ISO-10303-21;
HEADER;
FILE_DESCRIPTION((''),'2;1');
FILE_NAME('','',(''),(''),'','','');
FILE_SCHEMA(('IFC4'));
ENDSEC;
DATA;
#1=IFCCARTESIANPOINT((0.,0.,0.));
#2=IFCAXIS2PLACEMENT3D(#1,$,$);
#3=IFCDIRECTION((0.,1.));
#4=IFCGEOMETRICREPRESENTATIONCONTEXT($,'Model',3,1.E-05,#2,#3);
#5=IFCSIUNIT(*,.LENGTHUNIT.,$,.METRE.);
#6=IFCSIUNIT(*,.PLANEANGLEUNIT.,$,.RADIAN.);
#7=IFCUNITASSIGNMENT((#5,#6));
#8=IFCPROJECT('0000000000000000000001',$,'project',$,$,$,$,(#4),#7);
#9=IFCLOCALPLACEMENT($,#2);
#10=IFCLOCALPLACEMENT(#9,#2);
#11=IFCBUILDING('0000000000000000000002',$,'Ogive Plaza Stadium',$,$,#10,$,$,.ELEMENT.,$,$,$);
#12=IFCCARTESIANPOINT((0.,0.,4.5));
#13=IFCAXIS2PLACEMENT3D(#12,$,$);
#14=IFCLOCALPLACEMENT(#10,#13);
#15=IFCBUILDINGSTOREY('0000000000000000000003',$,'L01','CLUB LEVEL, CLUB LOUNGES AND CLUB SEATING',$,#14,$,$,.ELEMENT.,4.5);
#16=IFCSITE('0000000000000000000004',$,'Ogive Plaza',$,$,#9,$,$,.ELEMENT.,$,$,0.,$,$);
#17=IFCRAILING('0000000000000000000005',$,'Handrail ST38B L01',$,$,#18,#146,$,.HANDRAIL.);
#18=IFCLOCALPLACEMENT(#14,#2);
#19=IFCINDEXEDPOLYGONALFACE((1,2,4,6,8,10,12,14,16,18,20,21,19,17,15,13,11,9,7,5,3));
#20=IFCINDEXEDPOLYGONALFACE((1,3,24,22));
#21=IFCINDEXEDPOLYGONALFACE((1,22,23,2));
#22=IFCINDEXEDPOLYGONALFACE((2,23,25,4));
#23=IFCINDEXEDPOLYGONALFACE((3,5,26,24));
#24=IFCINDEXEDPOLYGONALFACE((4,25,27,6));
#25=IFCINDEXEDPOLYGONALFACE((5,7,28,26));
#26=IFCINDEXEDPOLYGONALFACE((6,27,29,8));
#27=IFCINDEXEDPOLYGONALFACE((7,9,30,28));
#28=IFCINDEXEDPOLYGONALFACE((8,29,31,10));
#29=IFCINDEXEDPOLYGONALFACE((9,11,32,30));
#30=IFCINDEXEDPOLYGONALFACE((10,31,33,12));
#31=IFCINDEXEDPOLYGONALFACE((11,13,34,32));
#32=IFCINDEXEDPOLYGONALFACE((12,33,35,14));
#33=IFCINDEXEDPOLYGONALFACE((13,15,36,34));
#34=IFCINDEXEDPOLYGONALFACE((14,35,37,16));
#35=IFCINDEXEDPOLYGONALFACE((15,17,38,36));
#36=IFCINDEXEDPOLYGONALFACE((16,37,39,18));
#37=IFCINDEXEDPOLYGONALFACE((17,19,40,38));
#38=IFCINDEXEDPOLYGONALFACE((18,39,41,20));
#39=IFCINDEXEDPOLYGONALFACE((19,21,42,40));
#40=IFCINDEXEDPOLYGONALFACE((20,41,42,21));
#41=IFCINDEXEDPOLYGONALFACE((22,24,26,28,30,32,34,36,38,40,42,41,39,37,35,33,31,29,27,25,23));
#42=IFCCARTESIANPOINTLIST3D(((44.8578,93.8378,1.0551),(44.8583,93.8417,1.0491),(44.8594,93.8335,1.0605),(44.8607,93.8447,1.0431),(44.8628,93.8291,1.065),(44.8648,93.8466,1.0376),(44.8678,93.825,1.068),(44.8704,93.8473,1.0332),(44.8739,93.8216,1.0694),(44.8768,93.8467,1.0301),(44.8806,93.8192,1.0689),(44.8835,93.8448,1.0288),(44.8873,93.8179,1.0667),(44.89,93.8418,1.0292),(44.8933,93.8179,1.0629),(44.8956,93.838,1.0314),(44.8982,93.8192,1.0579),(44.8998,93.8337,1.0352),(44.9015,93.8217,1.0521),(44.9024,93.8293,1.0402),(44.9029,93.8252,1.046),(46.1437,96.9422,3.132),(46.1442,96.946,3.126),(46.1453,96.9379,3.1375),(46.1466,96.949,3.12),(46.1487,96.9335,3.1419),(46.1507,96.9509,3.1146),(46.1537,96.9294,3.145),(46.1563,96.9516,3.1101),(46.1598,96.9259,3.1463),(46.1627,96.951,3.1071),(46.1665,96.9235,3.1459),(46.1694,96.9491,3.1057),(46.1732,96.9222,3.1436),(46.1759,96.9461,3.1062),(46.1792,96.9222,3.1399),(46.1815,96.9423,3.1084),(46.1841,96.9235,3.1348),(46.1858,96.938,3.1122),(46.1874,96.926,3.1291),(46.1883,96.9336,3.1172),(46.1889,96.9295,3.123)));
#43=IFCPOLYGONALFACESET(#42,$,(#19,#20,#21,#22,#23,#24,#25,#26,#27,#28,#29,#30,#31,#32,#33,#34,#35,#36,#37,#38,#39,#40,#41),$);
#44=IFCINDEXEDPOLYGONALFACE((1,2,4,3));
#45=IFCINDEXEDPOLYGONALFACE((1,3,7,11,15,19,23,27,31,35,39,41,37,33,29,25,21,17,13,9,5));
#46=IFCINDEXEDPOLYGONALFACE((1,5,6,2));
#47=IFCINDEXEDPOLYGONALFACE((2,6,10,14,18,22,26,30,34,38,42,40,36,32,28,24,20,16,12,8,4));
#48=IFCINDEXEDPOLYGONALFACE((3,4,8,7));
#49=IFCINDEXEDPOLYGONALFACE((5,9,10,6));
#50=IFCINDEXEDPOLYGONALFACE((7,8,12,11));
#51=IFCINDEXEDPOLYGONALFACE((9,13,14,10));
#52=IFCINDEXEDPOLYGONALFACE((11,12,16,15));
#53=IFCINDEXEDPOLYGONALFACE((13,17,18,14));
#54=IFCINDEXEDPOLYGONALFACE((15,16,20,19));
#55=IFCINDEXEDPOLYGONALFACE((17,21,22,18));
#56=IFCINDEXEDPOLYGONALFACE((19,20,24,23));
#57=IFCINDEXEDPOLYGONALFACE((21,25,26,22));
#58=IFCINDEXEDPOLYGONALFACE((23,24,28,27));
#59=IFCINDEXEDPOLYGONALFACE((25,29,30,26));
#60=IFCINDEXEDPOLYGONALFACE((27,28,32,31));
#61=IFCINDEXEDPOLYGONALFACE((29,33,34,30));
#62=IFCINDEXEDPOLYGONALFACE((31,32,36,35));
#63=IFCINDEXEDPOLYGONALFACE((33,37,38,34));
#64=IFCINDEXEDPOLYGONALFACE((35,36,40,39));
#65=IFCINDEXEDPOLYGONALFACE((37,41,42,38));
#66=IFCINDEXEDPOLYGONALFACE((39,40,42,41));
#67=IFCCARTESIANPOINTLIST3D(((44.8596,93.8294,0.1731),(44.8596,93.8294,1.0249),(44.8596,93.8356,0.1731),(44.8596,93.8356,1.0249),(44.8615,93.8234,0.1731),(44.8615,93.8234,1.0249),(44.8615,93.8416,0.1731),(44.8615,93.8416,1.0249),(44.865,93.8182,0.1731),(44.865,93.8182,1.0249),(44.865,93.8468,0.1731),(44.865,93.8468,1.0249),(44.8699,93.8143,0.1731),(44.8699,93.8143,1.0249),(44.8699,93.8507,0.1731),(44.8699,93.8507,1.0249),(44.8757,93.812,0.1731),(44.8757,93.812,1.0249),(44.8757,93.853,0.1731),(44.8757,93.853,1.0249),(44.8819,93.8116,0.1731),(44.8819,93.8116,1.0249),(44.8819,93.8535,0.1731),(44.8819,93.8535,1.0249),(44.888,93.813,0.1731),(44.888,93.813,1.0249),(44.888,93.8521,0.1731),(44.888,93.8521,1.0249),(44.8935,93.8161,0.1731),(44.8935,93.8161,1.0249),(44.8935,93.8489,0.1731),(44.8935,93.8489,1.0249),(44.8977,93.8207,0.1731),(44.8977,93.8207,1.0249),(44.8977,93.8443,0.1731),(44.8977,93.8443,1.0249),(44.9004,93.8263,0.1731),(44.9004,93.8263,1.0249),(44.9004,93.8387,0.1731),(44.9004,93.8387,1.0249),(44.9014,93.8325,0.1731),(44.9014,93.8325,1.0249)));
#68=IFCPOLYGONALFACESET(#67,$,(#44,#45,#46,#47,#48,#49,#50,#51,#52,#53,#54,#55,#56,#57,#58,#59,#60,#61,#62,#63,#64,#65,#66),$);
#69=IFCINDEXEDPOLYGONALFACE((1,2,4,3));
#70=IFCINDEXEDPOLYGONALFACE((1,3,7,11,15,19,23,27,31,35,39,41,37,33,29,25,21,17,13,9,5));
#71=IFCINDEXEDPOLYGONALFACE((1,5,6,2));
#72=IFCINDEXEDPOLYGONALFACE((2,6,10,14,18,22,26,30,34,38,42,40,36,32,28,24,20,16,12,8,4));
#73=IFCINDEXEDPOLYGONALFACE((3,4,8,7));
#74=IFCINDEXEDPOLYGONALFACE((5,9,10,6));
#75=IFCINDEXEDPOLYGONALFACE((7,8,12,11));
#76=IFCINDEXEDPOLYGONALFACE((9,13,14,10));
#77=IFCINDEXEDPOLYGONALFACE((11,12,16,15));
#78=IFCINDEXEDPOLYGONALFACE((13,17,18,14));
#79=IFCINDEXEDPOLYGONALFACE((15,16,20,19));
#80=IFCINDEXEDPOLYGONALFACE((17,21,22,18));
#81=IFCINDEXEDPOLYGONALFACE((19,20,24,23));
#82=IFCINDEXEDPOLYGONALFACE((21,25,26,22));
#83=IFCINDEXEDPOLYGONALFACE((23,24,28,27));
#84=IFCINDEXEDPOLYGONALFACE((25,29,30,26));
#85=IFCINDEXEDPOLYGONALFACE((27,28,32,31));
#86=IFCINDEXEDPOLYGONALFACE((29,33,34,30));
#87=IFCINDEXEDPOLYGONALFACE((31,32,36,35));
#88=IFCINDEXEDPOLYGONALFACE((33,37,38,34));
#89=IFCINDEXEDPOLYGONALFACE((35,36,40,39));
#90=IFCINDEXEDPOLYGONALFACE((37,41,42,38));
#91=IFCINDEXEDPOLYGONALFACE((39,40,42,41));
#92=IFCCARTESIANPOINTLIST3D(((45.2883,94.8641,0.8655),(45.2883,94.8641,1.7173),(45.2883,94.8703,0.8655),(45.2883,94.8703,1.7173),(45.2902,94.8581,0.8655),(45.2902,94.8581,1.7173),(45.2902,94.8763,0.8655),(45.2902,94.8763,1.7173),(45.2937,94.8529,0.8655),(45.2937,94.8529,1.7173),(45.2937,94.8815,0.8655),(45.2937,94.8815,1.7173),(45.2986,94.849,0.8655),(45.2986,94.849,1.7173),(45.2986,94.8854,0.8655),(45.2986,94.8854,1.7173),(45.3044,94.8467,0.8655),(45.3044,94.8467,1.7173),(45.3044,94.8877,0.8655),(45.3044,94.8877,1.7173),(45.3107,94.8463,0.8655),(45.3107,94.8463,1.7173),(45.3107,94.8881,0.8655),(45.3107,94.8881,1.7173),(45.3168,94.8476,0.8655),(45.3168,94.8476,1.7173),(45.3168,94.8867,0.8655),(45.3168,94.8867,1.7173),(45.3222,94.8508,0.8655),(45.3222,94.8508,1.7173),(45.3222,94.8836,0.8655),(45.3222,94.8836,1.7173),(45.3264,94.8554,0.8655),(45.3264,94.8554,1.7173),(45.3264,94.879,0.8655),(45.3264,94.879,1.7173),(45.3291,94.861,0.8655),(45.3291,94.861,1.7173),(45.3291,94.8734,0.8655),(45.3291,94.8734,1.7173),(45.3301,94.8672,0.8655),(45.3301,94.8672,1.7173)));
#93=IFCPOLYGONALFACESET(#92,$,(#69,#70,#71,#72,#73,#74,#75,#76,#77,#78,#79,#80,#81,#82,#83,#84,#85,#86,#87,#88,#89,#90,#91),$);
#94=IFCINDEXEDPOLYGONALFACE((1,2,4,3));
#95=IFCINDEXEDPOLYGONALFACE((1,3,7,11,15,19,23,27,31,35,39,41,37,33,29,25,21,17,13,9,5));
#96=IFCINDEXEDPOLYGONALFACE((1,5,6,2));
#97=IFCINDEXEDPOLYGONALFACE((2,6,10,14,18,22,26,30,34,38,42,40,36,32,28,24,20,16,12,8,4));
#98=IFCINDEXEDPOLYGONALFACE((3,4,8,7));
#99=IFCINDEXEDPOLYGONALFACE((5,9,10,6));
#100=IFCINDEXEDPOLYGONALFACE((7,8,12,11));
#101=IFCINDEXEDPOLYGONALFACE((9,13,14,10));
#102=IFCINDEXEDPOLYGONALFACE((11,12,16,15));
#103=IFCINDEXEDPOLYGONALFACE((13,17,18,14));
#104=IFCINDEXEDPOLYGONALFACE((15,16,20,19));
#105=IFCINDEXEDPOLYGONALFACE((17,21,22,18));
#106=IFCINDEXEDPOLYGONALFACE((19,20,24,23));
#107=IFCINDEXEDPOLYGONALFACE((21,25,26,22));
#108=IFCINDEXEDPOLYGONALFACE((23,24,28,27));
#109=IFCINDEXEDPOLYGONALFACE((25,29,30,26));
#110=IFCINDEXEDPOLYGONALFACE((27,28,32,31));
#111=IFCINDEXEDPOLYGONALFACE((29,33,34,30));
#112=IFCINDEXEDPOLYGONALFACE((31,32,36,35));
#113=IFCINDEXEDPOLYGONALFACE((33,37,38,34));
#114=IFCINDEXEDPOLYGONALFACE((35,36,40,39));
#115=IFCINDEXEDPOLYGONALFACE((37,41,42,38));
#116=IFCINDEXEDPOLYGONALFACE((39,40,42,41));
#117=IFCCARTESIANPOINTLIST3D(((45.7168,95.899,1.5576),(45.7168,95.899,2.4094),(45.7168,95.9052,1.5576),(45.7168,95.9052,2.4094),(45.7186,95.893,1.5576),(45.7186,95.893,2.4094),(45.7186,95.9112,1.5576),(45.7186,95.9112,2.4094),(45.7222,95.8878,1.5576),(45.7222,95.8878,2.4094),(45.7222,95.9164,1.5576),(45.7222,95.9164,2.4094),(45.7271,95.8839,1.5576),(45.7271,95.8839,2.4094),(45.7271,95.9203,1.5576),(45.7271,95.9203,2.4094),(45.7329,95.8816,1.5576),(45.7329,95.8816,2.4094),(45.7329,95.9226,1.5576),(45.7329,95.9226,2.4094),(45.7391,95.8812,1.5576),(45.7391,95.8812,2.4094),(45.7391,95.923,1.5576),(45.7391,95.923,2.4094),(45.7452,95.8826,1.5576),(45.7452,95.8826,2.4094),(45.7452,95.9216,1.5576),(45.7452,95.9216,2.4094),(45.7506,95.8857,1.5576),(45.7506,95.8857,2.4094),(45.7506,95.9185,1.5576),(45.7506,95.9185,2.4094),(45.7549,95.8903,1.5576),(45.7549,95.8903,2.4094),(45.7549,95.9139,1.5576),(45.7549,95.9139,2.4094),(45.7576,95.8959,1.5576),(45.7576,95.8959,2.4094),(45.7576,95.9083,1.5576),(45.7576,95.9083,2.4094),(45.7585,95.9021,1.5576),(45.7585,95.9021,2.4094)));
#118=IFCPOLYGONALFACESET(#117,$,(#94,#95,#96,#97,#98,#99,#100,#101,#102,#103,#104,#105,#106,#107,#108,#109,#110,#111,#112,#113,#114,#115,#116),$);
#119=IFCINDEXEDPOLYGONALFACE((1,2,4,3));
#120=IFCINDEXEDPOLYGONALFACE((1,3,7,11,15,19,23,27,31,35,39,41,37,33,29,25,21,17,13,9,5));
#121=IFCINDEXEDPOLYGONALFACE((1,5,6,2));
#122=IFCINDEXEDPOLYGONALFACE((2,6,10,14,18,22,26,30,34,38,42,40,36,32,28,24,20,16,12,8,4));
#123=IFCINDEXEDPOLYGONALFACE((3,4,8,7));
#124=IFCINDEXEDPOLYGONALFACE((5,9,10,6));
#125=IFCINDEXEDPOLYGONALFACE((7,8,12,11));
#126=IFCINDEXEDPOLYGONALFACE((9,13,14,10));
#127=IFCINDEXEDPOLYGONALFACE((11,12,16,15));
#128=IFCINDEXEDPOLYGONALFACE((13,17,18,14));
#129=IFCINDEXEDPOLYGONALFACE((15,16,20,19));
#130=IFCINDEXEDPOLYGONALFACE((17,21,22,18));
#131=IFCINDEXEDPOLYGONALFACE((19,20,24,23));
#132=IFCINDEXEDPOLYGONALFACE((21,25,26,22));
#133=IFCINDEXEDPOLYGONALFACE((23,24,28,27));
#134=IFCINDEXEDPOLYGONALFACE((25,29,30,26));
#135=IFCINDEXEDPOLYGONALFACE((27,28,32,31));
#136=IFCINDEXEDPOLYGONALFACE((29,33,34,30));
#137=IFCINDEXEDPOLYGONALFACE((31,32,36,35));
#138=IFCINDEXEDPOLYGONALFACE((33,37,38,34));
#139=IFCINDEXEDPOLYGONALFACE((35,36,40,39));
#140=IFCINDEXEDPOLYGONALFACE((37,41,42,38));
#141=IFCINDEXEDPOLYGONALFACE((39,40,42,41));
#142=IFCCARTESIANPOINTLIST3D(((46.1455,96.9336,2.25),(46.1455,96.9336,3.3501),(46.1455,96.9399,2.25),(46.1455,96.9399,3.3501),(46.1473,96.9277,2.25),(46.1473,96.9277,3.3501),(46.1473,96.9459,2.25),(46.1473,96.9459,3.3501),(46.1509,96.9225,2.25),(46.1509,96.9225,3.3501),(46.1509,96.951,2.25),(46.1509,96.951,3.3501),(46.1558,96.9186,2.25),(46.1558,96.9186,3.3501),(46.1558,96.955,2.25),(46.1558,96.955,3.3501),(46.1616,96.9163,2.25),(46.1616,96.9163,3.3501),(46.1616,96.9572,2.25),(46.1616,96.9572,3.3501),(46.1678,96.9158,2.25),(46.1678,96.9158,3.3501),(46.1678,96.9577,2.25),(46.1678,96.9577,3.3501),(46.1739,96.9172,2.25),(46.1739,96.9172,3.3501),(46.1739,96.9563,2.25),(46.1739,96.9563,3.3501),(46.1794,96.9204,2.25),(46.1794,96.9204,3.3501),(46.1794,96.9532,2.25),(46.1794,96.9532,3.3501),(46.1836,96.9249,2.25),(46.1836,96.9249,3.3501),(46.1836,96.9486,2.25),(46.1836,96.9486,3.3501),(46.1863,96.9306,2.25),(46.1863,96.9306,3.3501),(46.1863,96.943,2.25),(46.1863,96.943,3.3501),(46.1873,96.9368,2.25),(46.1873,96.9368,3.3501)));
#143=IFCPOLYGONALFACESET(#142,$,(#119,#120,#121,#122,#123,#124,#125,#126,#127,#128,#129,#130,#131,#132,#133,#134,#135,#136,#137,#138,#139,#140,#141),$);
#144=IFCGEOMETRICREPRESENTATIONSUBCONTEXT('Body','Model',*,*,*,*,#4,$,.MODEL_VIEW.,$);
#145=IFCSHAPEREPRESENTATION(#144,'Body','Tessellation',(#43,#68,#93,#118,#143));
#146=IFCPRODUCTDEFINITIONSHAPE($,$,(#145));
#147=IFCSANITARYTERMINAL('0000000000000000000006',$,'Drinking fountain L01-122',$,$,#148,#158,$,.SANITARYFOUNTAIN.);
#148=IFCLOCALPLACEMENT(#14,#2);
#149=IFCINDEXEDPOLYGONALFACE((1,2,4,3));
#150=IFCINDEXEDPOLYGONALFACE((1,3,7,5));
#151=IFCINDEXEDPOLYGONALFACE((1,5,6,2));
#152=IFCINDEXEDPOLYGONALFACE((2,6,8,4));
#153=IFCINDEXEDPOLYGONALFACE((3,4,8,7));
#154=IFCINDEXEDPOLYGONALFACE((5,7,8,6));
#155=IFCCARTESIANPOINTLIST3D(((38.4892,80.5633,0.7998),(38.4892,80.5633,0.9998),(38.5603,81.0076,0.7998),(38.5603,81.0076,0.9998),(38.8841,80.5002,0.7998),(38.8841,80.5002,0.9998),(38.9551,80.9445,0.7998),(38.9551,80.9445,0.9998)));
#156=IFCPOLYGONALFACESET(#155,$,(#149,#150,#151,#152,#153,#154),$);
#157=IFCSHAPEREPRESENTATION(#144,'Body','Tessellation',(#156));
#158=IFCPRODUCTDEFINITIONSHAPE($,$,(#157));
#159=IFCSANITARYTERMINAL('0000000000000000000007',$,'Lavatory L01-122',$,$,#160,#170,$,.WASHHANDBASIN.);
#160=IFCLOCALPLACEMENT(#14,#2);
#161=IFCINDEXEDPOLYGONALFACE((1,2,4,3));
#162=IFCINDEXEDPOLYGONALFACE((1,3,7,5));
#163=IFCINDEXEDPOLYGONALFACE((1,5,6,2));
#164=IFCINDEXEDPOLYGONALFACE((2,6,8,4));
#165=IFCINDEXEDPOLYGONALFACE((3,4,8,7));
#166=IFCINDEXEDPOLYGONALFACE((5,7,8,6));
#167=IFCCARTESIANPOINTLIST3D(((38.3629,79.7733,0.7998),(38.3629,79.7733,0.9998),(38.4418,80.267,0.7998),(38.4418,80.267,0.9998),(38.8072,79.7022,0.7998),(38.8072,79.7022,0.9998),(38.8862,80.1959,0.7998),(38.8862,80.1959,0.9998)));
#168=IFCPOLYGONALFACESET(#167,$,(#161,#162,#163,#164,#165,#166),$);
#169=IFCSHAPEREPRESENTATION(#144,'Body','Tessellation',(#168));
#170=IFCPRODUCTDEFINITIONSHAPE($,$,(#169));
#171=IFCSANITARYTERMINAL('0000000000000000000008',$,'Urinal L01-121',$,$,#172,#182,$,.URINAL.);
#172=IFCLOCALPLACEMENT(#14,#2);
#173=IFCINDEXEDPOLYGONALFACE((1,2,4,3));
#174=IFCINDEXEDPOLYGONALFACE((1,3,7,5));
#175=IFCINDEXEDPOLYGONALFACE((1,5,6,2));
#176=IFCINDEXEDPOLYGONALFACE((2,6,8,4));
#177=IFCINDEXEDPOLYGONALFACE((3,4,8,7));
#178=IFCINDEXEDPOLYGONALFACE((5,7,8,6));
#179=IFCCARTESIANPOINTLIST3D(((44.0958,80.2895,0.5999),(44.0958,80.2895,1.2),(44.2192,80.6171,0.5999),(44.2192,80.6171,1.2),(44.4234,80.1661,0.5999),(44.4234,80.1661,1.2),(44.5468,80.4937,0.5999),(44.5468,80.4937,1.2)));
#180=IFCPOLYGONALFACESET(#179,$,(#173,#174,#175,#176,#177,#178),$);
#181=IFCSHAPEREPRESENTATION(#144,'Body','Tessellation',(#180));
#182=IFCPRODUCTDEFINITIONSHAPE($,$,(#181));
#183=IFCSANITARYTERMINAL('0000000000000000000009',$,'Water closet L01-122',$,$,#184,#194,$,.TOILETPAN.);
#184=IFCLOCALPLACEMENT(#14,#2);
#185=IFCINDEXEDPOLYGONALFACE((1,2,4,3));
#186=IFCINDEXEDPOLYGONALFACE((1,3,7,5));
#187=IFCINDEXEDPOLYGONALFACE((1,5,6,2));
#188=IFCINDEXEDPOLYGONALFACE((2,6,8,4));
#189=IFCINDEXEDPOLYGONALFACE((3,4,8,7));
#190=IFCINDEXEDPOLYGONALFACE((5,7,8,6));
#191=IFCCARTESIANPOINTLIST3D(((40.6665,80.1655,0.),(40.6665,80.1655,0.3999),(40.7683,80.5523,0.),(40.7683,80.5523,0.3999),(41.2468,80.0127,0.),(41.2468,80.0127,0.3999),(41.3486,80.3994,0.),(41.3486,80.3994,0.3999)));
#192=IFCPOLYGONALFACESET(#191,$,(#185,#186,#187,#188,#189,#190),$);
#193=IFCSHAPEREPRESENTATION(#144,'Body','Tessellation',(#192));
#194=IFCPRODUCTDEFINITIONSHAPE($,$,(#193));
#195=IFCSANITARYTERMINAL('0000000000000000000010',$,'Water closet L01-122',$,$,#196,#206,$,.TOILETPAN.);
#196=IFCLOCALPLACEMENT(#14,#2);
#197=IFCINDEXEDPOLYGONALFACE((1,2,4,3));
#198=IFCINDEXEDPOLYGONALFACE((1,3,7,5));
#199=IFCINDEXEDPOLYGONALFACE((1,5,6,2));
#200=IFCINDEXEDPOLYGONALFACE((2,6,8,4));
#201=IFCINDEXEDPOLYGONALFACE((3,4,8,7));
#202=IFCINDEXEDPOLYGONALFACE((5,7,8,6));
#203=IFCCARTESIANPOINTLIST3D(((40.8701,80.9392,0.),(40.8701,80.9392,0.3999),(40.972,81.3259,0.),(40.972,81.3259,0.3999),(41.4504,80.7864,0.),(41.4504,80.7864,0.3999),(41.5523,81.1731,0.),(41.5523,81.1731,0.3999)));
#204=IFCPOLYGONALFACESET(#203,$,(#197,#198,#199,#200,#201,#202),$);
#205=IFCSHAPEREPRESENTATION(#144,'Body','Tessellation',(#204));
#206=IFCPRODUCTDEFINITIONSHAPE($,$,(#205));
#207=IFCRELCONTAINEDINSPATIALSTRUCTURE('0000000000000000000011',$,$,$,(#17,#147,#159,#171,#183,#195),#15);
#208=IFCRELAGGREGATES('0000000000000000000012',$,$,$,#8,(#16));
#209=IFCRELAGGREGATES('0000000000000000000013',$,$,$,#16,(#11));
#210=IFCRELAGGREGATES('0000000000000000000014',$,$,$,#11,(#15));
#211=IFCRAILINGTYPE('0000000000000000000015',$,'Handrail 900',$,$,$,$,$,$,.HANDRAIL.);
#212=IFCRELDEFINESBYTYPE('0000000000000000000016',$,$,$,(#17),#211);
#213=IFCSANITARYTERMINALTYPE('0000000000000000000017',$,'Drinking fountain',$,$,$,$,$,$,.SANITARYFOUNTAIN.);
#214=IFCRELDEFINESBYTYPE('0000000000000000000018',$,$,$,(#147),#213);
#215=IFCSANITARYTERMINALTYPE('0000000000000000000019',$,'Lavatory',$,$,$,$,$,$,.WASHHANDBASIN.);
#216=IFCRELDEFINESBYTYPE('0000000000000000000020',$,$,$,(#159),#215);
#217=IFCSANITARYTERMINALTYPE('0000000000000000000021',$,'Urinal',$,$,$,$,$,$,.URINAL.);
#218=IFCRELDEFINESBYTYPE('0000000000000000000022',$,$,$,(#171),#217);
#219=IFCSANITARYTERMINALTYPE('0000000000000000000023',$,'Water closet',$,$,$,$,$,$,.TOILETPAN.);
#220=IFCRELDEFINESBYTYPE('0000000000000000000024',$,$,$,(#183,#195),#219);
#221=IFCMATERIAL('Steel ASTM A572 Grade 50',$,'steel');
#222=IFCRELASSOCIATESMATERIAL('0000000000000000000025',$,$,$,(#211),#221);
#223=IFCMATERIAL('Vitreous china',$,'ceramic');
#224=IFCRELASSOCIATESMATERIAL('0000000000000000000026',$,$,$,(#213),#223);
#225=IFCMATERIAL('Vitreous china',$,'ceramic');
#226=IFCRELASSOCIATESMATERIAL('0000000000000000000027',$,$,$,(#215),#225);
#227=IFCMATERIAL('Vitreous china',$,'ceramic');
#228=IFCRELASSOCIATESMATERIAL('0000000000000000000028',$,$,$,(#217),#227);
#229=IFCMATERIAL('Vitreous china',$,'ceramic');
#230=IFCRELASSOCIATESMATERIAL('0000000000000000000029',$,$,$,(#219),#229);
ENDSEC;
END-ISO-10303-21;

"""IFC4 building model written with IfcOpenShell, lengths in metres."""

from ifc_helpers import new_model, si_unit, direction, frame, origin, origin_2d, place, context, subcontext, project, spatial, rectangle, circle, extrude, material, type_object, element, save


model = new_model("IFC4")

# Units and contexts
model_context = context("Model", 3, precision=1e-05, world=origin(), true_north=direction((0.0, 1.0)))
body_context = subcontext(model_context, "Body", "Model", "MODEL_VIEW")
ifc_project = project(units=[si_unit("LENGTHUNIT", "METRE"), si_unit("PLANEANGLEUNIT", "RADIAN")], contexts=[model_context])

# Site, building, storey
site_placement = place(None, origin())
site = spatial("IfcSite", under=ifc_project, at=site_placement, Name="Ogive Plaza", CompositionType="ELEMENT", RefElevation=0.0)
building_placement = place(site_placement, origin())
building = spatial("IfcBuilding", under=site, at=building_placement, Name="Ogive Plaza Stadium", CompositionType="ELEMENT")
storey_placement = place(building_placement, frame((0.0, 0.0, 4.5)))
storey = spatial("IfcBuildingStorey", under=building, at=storey_placement, Name="L01", Description="CLUB LEVEL, CLUB LOUNGES AND CLUB SEATING", CompositionType="ELEMENT", Elevation=4.5)

# Railing
ifc_material_1 = material(Name="Steel ASTM A572 Grade 50", Category="steel")
railing_type_1 = type_object("IfcRailingType", Name="Handrail 900", PredefinedType="HANDRAIL", material=ifc_material_1)
for number, where, name in (
    (1, (44.8804, 93.8325, 0.1731), "Handrail ST38B L01"),
):
    element("IfcRailing", number, at=place(storey_placement, frame(where)), inside=storey, type_object=railing_type_1, Name=name, PredefinedType="HANDRAIL", context=body_context, shape_type="SweptSolid", body=[
        extrude(circle(Radius=0.0239, at=origin_2d()), frame((0.0, 0.0, 0.876), z_axis=(0.325532, 0.785863, 0.525783), x_axis=(-0.923872, 0.3827, 0.0)), (0.0, 0.0, 1.0), 3.9502),
        extrude(circle(Radius=0.021, at=origin_2d()), origin(), (0.0, 0.0, 1.0), 0.8518),
        extrude(circle(Radius=0.021, at=origin_2d()), frame((0.4287, 1.0347, 0.6924)), (0.0, 0.0, 1.0), 0.8518),
        extrude(circle(Radius=0.021, at=origin_2d()), frame((0.8572, 2.0696, 1.3845)), (0.0, 0.0, 1.0), 0.8518),
        extrude(circle(Radius=0.021, at=origin_2d()), frame((1.2859, 3.1042, 2.0769)), (0.0, 0.0, 1.0), 1.1001),
    ])

# Sanitary terminals
ifc_material_2 = material(Name="Vitreous china", Category="ceramic")
sanitary_terminal_type_1 = type_object("IfcSanitaryTerminalType", Name="Drinking fountain", PredefinedType="SANITARYFOUNTAIN", material=ifc_material_2)
sanitary_terminal_1_placement = place(storey_placement, frame((38.7222, 80.7539, 0.7998), z_axis=(0.0, 0.0, 1.0), x_axis=(0.157955, 0.987446, 0.0)))
element("IfcSanitaryTerminal", 2, at=sanitary_terminal_1_placement, inside=storey, type_object=sanitary_terminal_type_1, Name="Drinking fountain L01-122", PredefinedType="SANITARYFOUNTAIN", context=body_context, shape_type="SweptSolid", body=[
    extrude(rectangle(XDim=0.45, YDim=0.3999, at=origin_2d()), origin(), (0.0, 0.0, 1.0), 0.2),
])
ifc_material_3 = material(Name="Vitreous china", Category="ceramic")
sanitary_terminal_type_2 = type_object("IfcSanitaryTerminalType", Name="Lavatory", PredefinedType="WASHHANDBASIN", material=ifc_material_3)
sanitary_terminal_2_placement = place(storey_placement, frame((38.6245, 79.9846, 0.7998), z_axis=(0.0, 0.0, 1.0), x_axis=(0.157955, 0.987446, 0.0)))
element("IfcSanitaryTerminal", 3, at=sanitary_terminal_2_placement, inside=storey, type_object=sanitary_terminal_type_2, Name="Lavatory L01-122", PredefinedType="WASHHANDBASIN", context=body_context, shape_type="SweptSolid", body=[
    extrude(rectangle(XDim=0.5, YDim=0.45, at=origin_2d()), origin(), (0.0, 0.0, 1.0), 0.2),
])
ifc_material_4 = material(Name="Vitreous china", Category="ceramic")
sanitary_terminal_type_3 = type_object("IfcSanitaryTerminalType", Name="Urinal", PredefinedType="URINAL", material=ifc_material_4)
sanitary_terminal_3_placement = place(storey_placement, frame((44.3213, 80.3916, 0.5999), z_axis=(0.0, 0.0, 1.0), x_axis=(0.35256, 0.935789, 0.0)))
element("IfcSanitaryTerminal", 4, at=sanitary_terminal_3_placement, inside=storey, type_object=sanitary_terminal_type_3, Name="Urinal L01-121", PredefinedType="URINAL", context=body_context, shape_type="SweptSolid", body=[
    extrude(rectangle(XDim=0.3501, YDim=0.3501, at=origin_2d()), origin(), (0.0, 0.0, 1.0), 0.6001),
])
ifc_material_5 = material(Name="Vitreous china", Category="ceramic")
sanitary_terminal_type_4 = type_object("IfcSanitaryTerminalType", Name="Water closet", PredefinedType="TOILETPAN", material=ifc_material_5)
for number, where, z_axis, x_axis, name in (
    (5, (41.0076, 80.2825, 0.0), (0.0, 0.0, 1.0), (0.254707, 0.967018, 0.0), "Water closet L01-122"),
    (6, (41.2112, 81.0562, 0.0), (0.0, 0.0, 1.0), (0.254707, 0.967018, 0.0), "Water closet L01-122"),
):
    element("IfcSanitaryTerminal", number, at=place(storey_placement, frame(where, z_axis=z_axis, x_axis=x_axis)), inside=storey, type_object=sanitary_terminal_type_4, Name=name, PredefinedType="TOILETPAN", context=body_context, shape_type="SweptSolid", body=[
        extrude(rectangle(XDim=0.3999, YDim=0.6001, at=origin_2d()), origin(), (0.0, 0.0, 1.0), 0.3999),
    ])

save(model, "model.ifc")
